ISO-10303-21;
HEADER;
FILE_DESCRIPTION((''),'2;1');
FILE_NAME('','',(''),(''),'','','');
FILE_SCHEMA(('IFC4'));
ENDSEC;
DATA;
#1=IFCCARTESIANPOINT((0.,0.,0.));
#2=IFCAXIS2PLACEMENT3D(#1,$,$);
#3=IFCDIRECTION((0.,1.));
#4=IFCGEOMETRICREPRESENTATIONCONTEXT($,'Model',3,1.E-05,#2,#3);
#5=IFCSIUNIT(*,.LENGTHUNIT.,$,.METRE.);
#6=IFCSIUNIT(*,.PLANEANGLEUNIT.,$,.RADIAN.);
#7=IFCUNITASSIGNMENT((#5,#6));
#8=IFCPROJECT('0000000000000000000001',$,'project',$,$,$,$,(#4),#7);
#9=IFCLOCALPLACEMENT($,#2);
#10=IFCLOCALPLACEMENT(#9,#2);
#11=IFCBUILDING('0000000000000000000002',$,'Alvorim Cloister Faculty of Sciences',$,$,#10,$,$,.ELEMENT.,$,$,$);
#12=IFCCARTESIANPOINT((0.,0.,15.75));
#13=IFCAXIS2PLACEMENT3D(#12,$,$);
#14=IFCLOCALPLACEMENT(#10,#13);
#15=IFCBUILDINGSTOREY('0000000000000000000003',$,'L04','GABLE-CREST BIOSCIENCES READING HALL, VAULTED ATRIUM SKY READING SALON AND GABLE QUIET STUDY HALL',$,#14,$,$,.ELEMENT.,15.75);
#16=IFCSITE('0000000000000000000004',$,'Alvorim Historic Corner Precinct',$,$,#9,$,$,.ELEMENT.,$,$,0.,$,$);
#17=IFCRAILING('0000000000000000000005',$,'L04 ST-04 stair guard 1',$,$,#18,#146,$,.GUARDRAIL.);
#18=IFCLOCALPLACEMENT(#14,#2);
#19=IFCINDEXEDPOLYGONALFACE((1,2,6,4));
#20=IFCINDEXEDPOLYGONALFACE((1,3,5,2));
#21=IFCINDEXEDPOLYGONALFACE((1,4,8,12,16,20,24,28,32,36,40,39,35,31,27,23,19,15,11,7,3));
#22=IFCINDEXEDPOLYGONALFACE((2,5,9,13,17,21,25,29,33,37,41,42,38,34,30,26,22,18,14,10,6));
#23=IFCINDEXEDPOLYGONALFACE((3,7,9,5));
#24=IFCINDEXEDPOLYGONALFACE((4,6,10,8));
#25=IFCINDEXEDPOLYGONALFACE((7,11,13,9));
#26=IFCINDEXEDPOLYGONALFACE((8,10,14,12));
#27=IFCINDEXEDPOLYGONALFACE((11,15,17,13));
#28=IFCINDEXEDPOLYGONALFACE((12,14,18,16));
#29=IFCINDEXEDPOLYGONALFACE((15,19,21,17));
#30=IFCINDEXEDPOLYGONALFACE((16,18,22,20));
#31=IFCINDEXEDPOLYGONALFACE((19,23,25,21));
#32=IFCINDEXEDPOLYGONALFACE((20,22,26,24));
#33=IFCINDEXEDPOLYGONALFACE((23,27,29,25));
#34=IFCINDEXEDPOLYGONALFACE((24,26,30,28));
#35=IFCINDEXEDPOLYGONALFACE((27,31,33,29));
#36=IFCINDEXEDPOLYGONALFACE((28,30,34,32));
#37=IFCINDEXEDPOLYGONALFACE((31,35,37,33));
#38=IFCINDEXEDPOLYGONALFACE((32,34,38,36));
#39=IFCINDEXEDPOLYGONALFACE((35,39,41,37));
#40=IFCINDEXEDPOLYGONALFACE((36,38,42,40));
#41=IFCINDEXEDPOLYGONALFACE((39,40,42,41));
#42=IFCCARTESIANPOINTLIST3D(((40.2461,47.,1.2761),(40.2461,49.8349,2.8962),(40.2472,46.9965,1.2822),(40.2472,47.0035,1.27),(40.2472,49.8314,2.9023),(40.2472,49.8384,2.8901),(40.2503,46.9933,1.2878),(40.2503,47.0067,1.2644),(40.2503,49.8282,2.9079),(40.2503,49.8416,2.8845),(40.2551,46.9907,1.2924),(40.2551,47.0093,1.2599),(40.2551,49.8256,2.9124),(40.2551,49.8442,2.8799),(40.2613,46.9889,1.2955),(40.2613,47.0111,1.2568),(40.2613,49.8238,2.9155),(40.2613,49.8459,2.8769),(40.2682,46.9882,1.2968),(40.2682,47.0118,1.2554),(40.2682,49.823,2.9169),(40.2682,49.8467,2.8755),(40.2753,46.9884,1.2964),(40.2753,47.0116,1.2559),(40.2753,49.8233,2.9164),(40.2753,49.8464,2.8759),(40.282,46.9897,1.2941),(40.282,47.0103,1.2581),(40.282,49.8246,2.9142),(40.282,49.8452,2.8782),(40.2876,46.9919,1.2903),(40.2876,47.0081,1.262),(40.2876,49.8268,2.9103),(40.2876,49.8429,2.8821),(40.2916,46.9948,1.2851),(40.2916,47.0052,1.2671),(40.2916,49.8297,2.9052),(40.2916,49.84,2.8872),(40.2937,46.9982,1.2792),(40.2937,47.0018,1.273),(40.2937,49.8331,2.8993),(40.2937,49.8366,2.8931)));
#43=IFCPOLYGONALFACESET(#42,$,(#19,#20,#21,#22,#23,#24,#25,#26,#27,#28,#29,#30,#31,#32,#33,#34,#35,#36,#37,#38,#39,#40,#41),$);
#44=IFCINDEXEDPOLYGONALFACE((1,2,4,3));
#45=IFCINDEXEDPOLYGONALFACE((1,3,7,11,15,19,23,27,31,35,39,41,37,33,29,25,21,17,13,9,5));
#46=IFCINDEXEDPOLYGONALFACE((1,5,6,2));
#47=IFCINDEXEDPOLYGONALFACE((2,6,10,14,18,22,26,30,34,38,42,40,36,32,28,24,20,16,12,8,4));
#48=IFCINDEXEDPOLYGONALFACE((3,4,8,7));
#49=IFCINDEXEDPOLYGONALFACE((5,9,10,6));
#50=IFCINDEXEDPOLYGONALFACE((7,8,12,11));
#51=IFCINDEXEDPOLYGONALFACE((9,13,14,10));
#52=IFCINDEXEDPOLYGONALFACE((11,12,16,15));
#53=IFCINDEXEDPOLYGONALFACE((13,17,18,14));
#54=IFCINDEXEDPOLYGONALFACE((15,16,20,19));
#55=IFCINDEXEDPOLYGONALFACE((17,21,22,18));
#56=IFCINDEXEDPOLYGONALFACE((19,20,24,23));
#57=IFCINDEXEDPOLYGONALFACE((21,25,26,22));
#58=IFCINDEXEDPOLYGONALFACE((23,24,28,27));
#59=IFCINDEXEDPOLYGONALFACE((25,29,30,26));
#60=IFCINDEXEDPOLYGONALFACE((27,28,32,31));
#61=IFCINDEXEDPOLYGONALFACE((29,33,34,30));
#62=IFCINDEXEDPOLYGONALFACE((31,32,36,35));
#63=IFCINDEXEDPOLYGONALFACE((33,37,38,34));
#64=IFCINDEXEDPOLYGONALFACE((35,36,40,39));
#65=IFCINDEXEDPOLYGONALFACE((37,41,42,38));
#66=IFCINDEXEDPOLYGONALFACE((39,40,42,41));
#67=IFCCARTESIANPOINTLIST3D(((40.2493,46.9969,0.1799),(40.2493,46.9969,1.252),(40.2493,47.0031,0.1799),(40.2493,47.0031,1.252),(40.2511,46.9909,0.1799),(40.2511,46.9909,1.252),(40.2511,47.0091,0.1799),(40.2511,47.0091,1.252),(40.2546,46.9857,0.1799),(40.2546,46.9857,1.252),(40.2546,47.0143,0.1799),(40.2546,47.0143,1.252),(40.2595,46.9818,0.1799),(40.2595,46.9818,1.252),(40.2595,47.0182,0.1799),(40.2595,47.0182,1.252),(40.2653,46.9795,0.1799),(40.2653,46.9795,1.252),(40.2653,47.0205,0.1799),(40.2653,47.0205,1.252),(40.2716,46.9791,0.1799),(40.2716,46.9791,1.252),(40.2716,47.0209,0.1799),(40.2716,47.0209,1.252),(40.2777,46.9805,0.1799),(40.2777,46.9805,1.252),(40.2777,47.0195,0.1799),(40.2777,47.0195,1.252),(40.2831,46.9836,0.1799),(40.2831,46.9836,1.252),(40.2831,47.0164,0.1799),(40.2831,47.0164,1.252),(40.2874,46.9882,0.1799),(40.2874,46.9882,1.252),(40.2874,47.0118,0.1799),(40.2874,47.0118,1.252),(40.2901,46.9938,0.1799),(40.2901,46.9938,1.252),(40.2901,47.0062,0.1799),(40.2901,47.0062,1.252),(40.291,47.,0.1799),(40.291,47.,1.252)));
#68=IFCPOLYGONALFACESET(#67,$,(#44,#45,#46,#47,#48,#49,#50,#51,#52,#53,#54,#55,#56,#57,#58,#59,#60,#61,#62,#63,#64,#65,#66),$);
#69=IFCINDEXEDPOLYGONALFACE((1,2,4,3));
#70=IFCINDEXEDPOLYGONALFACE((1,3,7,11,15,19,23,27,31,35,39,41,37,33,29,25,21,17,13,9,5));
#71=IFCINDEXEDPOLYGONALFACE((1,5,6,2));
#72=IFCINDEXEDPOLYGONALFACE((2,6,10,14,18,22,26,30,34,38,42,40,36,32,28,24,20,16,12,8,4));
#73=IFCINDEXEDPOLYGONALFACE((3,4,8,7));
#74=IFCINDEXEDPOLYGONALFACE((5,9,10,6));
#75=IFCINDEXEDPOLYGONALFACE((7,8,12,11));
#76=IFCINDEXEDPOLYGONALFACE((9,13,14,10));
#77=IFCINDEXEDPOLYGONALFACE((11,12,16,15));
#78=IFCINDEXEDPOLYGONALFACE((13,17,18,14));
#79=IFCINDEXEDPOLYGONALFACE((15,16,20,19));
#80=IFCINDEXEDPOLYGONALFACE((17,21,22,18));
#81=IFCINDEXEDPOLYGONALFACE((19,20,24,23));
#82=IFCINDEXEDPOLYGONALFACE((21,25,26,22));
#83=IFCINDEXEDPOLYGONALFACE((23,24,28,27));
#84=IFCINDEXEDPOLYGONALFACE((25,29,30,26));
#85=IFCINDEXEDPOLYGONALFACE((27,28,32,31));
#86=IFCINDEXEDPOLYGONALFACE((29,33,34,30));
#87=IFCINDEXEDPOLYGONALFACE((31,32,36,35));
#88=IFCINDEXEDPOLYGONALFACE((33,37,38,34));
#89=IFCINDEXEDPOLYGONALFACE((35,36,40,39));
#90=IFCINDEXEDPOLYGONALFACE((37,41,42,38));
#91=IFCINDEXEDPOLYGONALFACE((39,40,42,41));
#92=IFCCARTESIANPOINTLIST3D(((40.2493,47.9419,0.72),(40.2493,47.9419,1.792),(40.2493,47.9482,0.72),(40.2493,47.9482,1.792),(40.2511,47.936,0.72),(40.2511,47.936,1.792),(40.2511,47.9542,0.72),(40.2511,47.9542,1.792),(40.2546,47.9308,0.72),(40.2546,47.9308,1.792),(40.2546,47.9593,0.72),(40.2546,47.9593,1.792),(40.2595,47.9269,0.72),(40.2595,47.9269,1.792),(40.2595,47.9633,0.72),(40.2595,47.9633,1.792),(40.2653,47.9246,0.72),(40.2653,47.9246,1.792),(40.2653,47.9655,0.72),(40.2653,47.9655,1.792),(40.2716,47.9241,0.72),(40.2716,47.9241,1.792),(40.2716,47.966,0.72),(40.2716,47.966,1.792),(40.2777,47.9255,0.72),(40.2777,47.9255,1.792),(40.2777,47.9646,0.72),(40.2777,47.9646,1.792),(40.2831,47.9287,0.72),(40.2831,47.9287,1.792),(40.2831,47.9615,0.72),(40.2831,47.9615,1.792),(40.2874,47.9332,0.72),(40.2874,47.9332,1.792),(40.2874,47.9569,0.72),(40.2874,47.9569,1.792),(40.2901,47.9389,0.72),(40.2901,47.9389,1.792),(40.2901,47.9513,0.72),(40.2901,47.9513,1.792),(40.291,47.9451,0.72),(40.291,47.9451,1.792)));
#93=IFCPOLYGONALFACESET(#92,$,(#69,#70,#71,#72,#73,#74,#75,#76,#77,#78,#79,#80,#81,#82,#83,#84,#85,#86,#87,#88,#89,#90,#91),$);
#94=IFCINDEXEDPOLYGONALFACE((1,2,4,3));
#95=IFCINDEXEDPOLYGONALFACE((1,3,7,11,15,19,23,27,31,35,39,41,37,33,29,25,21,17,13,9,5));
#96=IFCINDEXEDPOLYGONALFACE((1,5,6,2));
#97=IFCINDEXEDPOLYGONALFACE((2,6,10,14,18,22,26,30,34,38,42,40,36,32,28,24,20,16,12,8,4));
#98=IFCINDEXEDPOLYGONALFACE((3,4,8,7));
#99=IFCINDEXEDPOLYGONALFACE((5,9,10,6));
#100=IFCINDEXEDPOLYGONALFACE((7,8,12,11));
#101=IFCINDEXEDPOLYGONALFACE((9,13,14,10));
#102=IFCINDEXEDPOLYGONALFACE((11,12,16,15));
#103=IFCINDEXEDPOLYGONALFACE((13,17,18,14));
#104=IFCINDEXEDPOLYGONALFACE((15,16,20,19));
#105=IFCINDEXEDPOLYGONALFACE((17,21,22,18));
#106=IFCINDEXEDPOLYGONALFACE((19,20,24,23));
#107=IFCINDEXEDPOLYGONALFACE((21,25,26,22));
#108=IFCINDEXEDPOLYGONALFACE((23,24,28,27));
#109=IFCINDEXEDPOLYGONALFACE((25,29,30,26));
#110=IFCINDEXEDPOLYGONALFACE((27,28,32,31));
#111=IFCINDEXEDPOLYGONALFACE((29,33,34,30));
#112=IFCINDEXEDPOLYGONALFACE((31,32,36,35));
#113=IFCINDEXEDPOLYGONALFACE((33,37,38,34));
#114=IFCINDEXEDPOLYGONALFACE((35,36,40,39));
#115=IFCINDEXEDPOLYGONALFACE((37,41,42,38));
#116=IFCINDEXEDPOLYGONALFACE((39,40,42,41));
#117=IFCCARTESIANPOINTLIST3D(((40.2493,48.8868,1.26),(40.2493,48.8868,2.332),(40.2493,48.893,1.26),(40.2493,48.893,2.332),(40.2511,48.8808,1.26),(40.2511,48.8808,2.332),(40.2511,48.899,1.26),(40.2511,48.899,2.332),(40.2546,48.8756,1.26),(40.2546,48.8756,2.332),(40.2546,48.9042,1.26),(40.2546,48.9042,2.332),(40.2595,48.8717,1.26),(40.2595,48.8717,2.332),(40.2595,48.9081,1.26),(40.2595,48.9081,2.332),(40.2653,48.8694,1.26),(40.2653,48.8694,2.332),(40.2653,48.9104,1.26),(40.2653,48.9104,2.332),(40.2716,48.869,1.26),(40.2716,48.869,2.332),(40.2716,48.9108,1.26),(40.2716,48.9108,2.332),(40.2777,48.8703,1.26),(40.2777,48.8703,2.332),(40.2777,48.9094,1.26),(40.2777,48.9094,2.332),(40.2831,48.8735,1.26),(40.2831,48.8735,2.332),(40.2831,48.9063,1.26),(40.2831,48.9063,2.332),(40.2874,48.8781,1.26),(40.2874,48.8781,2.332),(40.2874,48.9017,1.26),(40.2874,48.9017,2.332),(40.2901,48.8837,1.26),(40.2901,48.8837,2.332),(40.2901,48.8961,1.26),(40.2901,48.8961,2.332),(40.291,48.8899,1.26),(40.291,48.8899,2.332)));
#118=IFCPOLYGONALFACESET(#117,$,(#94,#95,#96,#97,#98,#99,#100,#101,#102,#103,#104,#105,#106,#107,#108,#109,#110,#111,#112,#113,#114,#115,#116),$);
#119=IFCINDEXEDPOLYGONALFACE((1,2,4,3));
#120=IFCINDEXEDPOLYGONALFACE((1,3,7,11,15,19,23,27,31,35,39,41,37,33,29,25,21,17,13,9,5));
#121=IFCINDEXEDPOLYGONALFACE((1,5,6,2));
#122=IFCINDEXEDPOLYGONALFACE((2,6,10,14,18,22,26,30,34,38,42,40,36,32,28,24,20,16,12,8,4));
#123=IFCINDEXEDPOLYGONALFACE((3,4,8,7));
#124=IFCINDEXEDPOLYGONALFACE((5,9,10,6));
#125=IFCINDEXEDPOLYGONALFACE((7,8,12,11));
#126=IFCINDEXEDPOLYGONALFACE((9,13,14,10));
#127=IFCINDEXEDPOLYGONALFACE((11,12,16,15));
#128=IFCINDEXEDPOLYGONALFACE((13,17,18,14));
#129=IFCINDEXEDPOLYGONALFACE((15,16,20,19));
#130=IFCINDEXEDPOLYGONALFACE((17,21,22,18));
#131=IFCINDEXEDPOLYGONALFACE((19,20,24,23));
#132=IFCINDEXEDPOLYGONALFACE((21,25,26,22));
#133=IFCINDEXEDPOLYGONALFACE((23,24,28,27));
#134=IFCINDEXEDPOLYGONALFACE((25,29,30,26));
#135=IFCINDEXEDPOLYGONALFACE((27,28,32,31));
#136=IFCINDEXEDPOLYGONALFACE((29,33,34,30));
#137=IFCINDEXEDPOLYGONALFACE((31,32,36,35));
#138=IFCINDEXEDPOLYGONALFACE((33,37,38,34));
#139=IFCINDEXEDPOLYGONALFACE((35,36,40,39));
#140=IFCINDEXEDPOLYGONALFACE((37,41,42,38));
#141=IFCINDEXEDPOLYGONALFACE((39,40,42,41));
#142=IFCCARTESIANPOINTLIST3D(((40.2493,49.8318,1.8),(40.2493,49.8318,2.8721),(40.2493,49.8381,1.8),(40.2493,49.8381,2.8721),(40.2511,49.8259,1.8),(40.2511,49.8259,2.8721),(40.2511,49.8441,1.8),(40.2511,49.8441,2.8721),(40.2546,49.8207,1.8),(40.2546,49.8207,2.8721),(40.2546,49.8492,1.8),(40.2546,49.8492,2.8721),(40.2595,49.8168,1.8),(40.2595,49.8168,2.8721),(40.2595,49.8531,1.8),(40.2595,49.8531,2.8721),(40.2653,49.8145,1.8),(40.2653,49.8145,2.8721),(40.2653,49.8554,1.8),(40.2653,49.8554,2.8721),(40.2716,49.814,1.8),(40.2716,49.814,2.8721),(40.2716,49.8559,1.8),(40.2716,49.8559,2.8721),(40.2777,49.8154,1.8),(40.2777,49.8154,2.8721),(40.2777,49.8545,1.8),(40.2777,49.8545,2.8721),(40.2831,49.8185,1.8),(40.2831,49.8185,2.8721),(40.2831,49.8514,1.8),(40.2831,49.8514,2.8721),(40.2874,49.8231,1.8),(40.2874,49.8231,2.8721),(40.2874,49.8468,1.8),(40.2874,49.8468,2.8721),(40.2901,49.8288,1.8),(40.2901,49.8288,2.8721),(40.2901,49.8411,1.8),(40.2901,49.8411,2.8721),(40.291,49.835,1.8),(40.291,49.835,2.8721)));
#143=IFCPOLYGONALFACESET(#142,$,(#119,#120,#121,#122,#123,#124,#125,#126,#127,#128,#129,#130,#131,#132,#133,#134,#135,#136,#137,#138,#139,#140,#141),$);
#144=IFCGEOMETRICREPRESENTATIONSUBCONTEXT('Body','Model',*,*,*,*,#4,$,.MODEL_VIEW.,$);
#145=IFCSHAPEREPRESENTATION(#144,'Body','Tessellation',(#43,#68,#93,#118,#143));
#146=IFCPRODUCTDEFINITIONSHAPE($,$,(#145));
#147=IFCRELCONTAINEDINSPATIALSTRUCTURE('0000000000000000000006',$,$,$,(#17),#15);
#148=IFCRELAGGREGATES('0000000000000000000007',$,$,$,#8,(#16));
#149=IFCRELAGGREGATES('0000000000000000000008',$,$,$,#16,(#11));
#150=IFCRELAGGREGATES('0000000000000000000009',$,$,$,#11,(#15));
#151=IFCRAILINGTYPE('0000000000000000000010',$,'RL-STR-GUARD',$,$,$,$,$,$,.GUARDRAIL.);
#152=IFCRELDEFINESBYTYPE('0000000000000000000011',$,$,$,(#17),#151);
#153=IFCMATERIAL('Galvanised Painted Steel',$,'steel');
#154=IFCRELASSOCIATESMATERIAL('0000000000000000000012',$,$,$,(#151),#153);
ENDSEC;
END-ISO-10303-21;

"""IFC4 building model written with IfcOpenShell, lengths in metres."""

from ifc_helpers import new_model, si_unit, direction, frame, origin, origin_2d, place, context, subcontext, project, spatial, circle, extrude, material, type_object, element, save


model = new_model("IFC4")

# Units and contexts
model_context = context("Model", 3, precision=1e-05, world=origin(), true_north=direction((0.0, 1.0)))
body_context = subcontext(model_context, "Body", "Model", "MODEL_VIEW")
ifc_project = project(units=[si_unit("LENGTHUNIT", "METRE"), si_unit("PLANEANGLEUNIT", "RADIAN")], contexts=[model_context])

# Site, building, storey
site_placement = place(None, origin())
site = spatial("IfcSite", under=ifc_project, at=site_placement, Name="Alvorim Historic Corner Precinct", CompositionType="ELEMENT", RefElevation=0.0)
building_placement = place(site_placement, origin())
building = spatial("IfcBuilding", under=site, at=building_placement, Name="Alvorim Cloister Faculty of Sciences", CompositionType="ELEMENT")
storey_placement = place(building_placement, frame((0.0, 0.0, 15.75)))
storey = spatial("IfcBuildingStorey", under=building, at=storey_placement, Name="L04", Description="GABLE-CREST BIOSCIENCES READING HALL, VAULTED ATRIUM SKY READING SALON AND GABLE QUIET STUDY HALL", CompositionType="ELEMENT", Elevation=15.75)

# Railing
ifc_material_1 = material(Name="Galvanised Painted Steel", Category="steel")
railing_type_1 = type_object("IfcRailingType", Name="RL-STR-GUARD", PredefinedType="GUARDRAIL", material=ifc_material_1)
railing_1_placement = place(storey_placement, frame((40.27, 47.0, 0.1799)))
element("IfcRailing", 1, at=railing_1_placement, inside=storey, type_object=railing_type_1, Name="L04 ST-04 stair guard 1", PredefinedType="GUARDRAIL", context=body_context, shape_type="SweptSolid", body=[
    extrude(circle(Radius=0.0239, at=origin_2d()), frame((0.0, 0.0, 1.0962), z_axis=(0.0, 0.868225, 0.496171), x_axis=(-1.0, 0.0, 0.0)), (0.0, 0.0, 1.0), 3.2651),
    extrude(circle(Radius=0.021, at=origin_2d()), origin(), (0.0, 0.0, 1.0), 1.072),
    extrude(circle(Radius=0.021, at=origin_2d()), frame((0.0, 0.9451, 0.54)), (0.0, 0.0, 1.0), 1.072),
    extrude(circle(Radius=0.021, at=origin_2d()), frame((0.0, 1.8899, 1.0801)), (0.0, 0.0, 1.0), 1.072),
    extrude(circle(Radius=0.021, at=origin_2d()), frame((0.0, 2.835, 1.6201)), (0.0, 0.0, 1.0), 1.072),
])

save(model, "model.ifc")
